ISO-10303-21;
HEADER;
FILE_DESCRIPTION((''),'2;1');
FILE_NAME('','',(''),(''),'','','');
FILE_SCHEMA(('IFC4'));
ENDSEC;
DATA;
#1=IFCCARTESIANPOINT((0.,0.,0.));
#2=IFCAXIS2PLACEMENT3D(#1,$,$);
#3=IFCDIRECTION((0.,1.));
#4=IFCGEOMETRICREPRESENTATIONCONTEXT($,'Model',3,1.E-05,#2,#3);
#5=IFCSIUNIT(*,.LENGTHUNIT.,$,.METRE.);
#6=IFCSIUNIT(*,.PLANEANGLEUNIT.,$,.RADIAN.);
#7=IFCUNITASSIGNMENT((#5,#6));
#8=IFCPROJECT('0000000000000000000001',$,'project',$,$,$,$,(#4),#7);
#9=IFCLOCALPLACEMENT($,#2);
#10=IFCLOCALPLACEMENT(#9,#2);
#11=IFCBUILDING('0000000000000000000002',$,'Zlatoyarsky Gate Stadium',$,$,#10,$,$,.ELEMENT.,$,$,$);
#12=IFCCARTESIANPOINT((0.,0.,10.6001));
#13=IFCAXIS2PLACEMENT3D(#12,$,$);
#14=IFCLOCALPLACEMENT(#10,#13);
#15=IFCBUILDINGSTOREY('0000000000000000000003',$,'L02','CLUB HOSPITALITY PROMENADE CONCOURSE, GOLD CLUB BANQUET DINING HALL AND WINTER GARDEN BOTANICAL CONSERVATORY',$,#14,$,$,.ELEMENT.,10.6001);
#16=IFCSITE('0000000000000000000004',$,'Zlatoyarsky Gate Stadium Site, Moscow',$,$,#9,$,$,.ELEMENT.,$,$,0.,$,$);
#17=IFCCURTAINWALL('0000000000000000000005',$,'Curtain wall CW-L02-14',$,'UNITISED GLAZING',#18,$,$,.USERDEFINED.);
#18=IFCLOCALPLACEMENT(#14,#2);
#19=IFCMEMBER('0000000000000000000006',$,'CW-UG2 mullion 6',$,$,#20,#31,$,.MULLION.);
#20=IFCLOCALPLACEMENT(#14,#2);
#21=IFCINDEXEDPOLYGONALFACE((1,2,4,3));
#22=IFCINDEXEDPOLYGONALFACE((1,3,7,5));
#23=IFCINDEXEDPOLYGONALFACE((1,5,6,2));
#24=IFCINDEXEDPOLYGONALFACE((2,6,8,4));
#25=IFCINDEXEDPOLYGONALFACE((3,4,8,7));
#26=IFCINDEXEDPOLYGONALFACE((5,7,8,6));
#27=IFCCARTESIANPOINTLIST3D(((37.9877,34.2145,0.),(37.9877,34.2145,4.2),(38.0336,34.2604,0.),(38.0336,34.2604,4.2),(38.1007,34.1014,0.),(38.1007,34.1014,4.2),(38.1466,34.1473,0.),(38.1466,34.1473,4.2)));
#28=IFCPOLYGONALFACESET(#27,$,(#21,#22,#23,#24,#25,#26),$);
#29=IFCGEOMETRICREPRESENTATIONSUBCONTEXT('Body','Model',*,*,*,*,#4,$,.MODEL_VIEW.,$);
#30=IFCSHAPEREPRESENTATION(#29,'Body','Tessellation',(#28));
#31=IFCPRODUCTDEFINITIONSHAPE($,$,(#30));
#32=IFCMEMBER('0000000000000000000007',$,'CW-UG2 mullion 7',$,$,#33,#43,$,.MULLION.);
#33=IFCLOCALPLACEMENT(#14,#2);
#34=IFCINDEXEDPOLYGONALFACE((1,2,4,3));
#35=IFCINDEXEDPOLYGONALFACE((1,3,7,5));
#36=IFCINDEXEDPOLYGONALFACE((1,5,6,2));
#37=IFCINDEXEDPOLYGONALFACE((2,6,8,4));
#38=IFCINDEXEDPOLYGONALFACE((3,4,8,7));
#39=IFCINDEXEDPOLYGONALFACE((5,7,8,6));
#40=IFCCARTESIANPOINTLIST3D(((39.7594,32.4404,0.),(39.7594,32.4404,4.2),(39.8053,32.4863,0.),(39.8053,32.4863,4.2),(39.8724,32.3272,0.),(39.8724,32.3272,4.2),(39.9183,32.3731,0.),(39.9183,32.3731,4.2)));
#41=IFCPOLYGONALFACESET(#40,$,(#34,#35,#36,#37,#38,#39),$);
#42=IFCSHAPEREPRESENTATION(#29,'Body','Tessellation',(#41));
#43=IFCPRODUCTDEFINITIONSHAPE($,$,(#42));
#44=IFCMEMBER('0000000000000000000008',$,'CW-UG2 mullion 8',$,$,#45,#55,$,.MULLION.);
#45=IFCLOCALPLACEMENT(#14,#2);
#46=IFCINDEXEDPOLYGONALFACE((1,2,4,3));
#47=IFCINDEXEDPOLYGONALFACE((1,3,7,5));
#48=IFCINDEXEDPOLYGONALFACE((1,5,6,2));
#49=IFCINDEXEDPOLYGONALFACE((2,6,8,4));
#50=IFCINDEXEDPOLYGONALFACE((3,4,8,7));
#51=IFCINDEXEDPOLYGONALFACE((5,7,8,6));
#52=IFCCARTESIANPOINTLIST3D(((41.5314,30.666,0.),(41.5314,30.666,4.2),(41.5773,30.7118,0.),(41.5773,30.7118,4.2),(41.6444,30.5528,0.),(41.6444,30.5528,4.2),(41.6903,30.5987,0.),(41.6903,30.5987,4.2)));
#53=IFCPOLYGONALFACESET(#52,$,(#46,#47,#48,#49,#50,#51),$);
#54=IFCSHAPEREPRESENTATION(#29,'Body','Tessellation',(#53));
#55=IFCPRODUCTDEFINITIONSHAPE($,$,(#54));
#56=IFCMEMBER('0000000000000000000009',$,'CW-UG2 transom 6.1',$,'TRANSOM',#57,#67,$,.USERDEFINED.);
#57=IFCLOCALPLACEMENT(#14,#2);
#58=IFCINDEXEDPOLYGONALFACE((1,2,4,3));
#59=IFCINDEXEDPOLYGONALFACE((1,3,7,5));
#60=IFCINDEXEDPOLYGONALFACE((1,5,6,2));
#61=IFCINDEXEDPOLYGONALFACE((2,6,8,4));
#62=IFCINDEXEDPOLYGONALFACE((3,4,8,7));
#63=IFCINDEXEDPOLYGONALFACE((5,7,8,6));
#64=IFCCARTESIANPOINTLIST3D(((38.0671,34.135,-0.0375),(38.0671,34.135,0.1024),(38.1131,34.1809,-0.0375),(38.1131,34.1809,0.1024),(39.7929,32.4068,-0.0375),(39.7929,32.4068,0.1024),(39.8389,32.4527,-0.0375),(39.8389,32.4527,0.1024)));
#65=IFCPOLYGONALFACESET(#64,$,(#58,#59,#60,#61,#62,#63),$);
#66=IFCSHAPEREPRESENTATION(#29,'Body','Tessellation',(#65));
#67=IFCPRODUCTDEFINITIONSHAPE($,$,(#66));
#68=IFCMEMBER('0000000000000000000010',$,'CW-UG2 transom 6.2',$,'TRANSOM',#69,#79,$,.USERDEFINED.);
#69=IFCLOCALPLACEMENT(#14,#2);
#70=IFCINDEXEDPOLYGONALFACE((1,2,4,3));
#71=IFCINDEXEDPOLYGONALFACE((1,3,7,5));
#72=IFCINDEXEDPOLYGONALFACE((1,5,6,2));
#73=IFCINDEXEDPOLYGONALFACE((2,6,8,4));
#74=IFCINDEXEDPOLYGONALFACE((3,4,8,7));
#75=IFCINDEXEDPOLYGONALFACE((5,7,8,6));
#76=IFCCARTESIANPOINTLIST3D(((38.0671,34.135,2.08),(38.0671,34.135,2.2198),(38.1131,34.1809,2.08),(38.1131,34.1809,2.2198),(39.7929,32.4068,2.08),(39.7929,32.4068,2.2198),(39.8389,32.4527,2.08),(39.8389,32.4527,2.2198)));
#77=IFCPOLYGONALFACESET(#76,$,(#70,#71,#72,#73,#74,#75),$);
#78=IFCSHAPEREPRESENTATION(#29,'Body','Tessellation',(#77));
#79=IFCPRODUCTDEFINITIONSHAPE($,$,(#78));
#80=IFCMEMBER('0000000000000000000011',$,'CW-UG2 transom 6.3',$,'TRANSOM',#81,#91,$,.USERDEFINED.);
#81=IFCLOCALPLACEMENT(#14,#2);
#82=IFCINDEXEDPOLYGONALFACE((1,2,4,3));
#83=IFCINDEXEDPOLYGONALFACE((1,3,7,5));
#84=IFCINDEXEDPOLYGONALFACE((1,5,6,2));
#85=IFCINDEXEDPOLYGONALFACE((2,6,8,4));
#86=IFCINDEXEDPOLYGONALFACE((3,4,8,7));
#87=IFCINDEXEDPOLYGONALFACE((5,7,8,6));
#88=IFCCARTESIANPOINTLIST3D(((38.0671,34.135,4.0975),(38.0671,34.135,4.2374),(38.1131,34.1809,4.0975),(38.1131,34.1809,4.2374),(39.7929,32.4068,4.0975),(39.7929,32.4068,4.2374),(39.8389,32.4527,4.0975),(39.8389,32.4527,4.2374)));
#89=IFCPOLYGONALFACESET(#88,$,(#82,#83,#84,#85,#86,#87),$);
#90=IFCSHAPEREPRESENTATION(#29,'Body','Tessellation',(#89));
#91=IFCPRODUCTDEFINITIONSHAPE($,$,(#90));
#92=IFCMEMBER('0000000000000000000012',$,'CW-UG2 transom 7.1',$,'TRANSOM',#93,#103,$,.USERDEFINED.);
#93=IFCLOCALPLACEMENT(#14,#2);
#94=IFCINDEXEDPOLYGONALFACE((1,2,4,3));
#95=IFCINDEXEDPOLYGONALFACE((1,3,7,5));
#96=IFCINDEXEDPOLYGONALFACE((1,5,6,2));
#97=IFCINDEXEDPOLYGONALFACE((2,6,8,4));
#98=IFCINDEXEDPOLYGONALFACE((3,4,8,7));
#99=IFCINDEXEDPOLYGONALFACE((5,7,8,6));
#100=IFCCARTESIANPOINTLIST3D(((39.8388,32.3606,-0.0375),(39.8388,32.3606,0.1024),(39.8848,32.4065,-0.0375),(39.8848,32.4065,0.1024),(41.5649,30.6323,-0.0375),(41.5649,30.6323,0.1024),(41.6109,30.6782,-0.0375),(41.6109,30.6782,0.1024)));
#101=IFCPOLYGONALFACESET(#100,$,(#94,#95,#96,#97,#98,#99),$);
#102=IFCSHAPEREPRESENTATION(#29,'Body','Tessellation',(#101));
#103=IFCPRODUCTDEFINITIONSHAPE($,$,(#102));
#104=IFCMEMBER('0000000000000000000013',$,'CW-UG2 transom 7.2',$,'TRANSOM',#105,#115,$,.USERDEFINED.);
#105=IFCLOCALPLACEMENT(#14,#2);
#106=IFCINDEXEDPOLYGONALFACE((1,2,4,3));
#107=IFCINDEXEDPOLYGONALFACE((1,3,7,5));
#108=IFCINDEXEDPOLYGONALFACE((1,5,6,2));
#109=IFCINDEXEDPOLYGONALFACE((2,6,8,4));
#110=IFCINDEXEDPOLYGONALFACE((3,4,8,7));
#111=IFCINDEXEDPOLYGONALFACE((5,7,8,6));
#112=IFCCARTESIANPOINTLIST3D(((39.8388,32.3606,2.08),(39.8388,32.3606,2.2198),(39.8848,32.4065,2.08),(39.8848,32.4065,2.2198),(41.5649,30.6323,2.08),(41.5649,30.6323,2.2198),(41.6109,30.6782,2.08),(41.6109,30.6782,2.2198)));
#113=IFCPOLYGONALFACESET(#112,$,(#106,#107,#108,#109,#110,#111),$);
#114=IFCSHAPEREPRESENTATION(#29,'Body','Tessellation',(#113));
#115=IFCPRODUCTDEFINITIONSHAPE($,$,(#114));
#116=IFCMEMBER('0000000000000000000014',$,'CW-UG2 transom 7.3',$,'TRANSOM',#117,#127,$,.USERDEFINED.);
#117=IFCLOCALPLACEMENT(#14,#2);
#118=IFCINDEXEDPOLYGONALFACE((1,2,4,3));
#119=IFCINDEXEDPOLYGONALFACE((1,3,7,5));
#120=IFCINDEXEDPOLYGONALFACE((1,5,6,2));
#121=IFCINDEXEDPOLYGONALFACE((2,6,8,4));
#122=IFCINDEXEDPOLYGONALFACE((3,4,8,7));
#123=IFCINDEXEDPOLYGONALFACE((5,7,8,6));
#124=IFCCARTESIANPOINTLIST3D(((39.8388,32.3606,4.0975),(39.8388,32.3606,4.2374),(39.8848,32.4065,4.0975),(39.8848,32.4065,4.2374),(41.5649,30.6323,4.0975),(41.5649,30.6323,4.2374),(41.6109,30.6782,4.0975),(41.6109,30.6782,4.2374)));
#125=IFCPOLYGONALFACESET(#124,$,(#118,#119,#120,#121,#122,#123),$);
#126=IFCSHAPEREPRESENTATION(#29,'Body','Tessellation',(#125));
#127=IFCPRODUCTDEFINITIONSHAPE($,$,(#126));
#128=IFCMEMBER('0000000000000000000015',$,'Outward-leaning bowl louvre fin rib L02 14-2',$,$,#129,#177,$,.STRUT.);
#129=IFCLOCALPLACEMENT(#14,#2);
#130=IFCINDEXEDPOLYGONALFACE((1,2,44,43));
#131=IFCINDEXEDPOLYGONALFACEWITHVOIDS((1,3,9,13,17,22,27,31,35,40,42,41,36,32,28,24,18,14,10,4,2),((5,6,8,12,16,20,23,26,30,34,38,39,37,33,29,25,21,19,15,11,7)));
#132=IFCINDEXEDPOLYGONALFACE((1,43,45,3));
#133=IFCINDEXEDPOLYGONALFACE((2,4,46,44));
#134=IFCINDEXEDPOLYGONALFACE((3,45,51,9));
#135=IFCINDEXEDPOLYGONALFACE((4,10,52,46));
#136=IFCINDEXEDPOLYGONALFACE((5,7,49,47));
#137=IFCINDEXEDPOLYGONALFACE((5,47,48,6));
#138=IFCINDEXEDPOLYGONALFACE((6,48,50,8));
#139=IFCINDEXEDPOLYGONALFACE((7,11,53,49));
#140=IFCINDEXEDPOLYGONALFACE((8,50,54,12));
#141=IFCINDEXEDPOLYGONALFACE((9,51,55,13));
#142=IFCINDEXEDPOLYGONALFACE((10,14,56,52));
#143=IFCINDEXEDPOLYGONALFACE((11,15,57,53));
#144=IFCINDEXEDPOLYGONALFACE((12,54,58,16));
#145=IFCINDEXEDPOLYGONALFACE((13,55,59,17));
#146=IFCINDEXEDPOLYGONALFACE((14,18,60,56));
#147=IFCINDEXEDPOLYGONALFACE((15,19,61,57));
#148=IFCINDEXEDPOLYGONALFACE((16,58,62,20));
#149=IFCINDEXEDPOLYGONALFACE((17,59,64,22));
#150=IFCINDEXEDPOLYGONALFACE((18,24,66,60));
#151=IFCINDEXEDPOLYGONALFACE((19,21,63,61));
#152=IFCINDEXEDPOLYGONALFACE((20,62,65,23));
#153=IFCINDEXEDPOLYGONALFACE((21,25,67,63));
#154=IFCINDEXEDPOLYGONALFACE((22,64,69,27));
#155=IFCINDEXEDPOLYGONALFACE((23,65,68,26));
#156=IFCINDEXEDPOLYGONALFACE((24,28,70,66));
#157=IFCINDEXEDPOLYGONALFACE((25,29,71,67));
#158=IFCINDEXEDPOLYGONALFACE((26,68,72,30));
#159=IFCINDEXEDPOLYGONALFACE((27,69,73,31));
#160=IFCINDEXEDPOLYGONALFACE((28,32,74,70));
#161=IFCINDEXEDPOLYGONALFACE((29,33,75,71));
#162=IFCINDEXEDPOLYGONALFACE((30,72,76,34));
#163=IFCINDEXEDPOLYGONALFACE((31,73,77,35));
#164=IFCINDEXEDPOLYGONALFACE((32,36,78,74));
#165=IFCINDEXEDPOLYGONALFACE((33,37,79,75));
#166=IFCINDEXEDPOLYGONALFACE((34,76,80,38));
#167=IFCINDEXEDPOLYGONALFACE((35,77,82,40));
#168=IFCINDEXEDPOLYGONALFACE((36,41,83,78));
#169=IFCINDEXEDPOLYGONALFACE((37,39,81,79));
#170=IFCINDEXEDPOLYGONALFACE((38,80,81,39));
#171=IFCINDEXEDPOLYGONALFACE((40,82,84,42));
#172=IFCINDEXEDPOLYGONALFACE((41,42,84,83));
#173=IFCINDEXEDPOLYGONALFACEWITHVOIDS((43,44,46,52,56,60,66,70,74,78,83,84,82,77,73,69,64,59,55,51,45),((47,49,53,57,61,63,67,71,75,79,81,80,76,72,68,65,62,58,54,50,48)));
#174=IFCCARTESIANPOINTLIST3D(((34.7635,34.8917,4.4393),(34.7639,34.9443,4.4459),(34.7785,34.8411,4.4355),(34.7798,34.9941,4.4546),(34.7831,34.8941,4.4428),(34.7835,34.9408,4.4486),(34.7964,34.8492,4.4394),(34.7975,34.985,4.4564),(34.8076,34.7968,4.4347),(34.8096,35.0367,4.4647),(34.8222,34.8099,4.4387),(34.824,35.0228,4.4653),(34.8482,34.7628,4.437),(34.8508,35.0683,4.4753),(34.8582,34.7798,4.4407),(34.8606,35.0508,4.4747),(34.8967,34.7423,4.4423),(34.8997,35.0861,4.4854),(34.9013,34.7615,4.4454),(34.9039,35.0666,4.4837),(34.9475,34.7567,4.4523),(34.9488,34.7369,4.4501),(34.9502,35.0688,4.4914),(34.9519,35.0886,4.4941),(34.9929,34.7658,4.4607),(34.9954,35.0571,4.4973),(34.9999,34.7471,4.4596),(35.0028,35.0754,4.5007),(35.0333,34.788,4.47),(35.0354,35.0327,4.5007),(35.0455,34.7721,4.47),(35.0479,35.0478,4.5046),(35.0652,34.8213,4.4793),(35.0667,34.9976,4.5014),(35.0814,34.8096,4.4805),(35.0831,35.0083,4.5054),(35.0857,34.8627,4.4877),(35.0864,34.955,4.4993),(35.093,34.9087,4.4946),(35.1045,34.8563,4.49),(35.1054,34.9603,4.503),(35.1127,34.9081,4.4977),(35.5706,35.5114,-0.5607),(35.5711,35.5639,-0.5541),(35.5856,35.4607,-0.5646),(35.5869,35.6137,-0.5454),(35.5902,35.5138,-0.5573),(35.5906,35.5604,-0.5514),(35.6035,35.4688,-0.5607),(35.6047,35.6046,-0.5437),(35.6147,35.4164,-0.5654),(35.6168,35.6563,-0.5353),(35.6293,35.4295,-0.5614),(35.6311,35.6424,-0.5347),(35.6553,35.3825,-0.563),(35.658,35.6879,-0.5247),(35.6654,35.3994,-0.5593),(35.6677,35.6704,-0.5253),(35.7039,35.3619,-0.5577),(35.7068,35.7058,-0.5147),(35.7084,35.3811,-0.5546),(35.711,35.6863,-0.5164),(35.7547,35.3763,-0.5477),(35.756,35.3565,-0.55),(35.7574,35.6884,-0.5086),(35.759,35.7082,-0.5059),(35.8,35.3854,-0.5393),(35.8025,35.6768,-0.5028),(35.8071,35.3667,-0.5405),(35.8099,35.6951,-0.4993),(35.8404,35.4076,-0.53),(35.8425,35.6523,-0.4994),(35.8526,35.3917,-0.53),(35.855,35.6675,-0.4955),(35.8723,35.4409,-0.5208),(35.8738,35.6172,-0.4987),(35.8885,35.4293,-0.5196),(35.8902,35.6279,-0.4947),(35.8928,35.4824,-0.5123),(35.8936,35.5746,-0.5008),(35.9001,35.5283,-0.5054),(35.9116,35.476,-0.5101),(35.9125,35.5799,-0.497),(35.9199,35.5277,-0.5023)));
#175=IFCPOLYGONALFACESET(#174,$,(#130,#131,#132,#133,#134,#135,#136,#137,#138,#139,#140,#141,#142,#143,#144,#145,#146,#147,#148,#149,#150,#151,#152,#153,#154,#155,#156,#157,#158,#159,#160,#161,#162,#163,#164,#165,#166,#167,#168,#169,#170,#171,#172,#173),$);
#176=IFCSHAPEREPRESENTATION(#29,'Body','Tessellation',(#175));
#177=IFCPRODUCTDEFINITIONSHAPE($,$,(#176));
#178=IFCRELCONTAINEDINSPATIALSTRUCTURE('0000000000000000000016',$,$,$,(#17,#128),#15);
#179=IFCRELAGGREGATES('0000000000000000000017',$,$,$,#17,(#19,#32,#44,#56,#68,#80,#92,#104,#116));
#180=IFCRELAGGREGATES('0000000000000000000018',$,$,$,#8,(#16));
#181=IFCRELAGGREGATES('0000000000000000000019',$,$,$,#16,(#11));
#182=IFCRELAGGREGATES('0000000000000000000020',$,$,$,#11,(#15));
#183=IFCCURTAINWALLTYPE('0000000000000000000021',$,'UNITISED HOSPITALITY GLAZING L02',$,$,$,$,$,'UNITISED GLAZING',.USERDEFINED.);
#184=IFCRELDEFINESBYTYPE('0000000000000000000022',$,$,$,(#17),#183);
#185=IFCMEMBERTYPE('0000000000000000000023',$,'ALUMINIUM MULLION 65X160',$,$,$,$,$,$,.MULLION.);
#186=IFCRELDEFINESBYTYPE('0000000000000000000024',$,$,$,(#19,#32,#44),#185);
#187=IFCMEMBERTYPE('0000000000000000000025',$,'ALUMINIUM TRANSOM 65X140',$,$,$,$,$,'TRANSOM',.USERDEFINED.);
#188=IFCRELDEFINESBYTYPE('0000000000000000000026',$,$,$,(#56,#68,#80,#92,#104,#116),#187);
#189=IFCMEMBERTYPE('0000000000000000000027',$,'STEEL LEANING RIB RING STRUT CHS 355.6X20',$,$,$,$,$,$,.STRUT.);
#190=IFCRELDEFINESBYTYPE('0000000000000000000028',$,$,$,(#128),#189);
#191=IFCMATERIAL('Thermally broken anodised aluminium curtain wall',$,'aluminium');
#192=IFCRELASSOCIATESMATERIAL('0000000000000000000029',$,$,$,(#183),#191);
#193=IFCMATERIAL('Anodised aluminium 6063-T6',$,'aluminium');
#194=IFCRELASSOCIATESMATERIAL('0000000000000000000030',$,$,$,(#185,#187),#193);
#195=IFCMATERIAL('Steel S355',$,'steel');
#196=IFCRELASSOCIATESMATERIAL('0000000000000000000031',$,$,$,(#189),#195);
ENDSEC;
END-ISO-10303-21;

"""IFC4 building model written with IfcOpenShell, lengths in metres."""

from ifc_helpers import new_model, si_unit, direction, frame, origin, origin_2d, place, context, subcontext, project, spatial, rectangle, hollow_circle, extrude, material, material_profile, profile_set, type_object, element, aggregate, save


model = new_model("IFC4")

# Units and contexts
model_context = context("Model", 3, precision=1e-05, world=origin(), true_north=direction((0.0, 1.0)))
body_context = subcontext(model_context, "Body", "Model", "MODEL_VIEW")
ifc_project = project(units=[si_unit("LENGTHUNIT", "METRE"), si_unit("PLANEANGLEUNIT", "RADIAN")], contexts=[model_context])

# Site, building, storey
site_placement = place(None, origin())
site = spatial("IfcSite", under=ifc_project, at=site_placement, Name="Zlatoyarsky Gate Stadium Site, Moscow", CompositionType="ELEMENT", RefElevation=0.0)
building_placement = place(site_placement, origin())
building = spatial("IfcBuilding", under=site, at=building_placement, Name="Zlatoyarsky Gate Stadium", CompositionType="ELEMENT")
storey_placement = place(building_placement, frame((0.0, 0.0, 10.6001)))
storey = spatial("IfcBuildingStorey", under=building, at=storey_placement, Name="L02", Description="CLUB HOSPITALITY PROMENADE CONCOURSE, GOLD CLUB BANQUET DINING HALL AND WINTER GARDEN BOTANICAL CONSERVATORY", CompositionType="ELEMENT", Elevation=10.6001)

# Curtain wall, members
ifc_material_1 = material(Name="Thermally broken anodised aluminium curtain wall", Category="aluminium")
curtain_wall_type = type_object("IfcCurtainWallType", Name="UNITISED HOSPITALITY GLAZING L02", ElementType="UNITISED GLAZING", PredefinedType="USERDEFINED", material=ifc_material_1)
curtain_wall_placement = place(storey_placement, origin())
curtain_wall = element("IfcCurtainWall", 1, at=curtain_wall_placement, inside=storey, type_object=curtain_wall_type, Name="Curtain wall CW-L02-14", ObjectType="UNITISED GLAZING", PredefinedType="USERDEFINED")
ifc_material_2 = material(Name="Anodised aluminium 6063-T6", Category="aluminium")
ifc_material_profile_1 = material_profile(ifc_material_2, rectangle(XDim=0.0649, YDim=0.1599, at=origin_2d()), Name="ALU 65X160")
ifc_profile_set_1 = profile_set([ifc_material_profile_1], Name="Anodised aluminium 6063-T6")
member_type_1 = type_object("IfcMemberType", Name="ALUMINIUM MULLION 65X160", PredefinedType="MULLION", material=ifc_profile_set_1)
member_1_placement = place(storey_placement, frame((38.0671, 34.1809, 0.0), z_axis=(0.0, 0.0, 1.0), x_axis=(0.707588, 0.706626, 0.0)))
member_1 = element("IfcMember", 2, at=member_1_placement, type_object=member_type_1, Name="CW-UG2 mullion 6", PredefinedType="MULLION", context=body_context, shape_type="SweptSolid", body=[
    extrude(rectangle(XDim=0.0649, YDim=0.1599, at=origin_2d()), origin(), (0.0, 0.0, 1.0), 4.2),
])
member_2_placement = place(storey_placement, frame((39.8389, 32.4067, 0.0), z_axis=(0.0, 0.0, 1.0), x_axis=(0.707588, 0.706626, 0.0)))
member_2 = element("IfcMember", 3, at=member_2_placement, type_object=member_type_1, Name="CW-UG2 mullion 7", PredefinedType="MULLION", context=body_context, shape_type="SweptSolid", body=[
    extrude(rectangle(XDim=0.0649, YDim=0.1599, at=origin_2d()), origin(), (0.0, 0.0, 1.0), 4.2),
])
member_3_placement = place(storey_placement, frame((41.6108, 30.6323, 0.0), z_axis=(0.0, 0.0, 1.0), x_axis=(0.707588, 0.706626, 0.0)))
member_3 = element("IfcMember", 4, at=member_3_placement, type_object=member_type_1, Name="CW-UG2 mullion 8", PredefinedType="MULLION", context=body_context, shape_type="SweptSolid", body=[
    extrude(rectangle(XDim=0.0649, YDim=0.1599, at=origin_2d()), origin(), (0.0, 0.0, 1.0), 4.2),
])
ifc_material_profile_2 = material_profile(ifc_material_2, rectangle(XDim=0.0649, YDim=0.1399, at=origin_2d()), Name="ALU 65X140")
ifc_profile_set_2 = profile_set([ifc_material_profile_2], Name="Anodised aluminium 6063-T6")
member_type_2 = type_object("IfcMemberType", Name="ALUMINIUM TRANSOM 65X140", ElementType="TRANSOM", PredefinedType="USERDEFINED", material=ifc_profile_set_2)
member_4_placement = place(storey_placement, frame((38.0901, 34.158, 0.0325), z_axis=(0.706607, -0.707606, 0.0), x_axis=(0.707606, 0.706607, 0.0)))
member_4 = element("IfcMember", 5, at=member_4_placement, type_object=member_type_2, Name="CW-UG2 transom 6.1", ObjectType="TRANSOM", PredefinedType="USERDEFINED", context=body_context, shape_type="SweptSolid", body=[
    extrude(rectangle(XDim=0.0649, YDim=0.1399, at=origin_2d()), origin(), (0.0, 0.0, 1.0), 2.4424),
])
member_5_placement = place(storey_placement, frame((38.0901, 34.158, 2.1499), z_axis=(0.706607, -0.707606, 0.0), x_axis=(0.707606, 0.706607, 0.0)))
member_5 = element("IfcMember", 6, at=member_5_placement, type_object=member_type_2, Name="CW-UG2 transom 6.2", ObjectType="TRANSOM", PredefinedType="USERDEFINED", context=body_context, shape_type="SweptSolid", body=[
    extrude(rectangle(XDim=0.0649, YDim=0.1399, at=origin_2d()), origin(), (0.0, 0.0, 1.0), 2.4424),
])
member_6_placement = place(storey_placement, frame((38.0901, 34.158, 4.1675), z_axis=(0.706607, -0.707606, 0.0), x_axis=(0.707606, 0.706607, 0.0)))
member_6 = element("IfcMember", 7, at=member_6_placement, type_object=member_type_2, Name="CW-UG2 transom 6.3", ObjectType="TRANSOM", PredefinedType="USERDEFINED", context=body_context, shape_type="SweptSolid", body=[
    extrude(rectangle(XDim=0.0649, YDim=0.1399, at=origin_2d()), origin(), (0.0, 0.0, 1.0), 2.4424),
])
member_7_placement = place(storey_placement, frame((39.8618, 32.3835, 0.0325), z_axis=(0.706657, -0.707556, 0.0), x_axis=(0.707556, 0.706657, 0.0)))
member_7 = element("IfcMember", 8, at=member_7_placement, type_object=member_type_2, Name="CW-UG2 transom 7.1", ObjectType="TRANSOM", PredefinedType="USERDEFINED", context=body_context, shape_type="SweptSolid", body=[
    extrude(rectangle(XDim=0.0649, YDim=0.1399, at=origin_2d()), origin(), (0.0, 0.0, 1.0), 2.4426),
])
member_8_placement = place(storey_placement, frame((39.8618, 32.3835, 2.1499), z_axis=(0.706657, -0.707556, 0.0), x_axis=(0.707556, 0.706657, 0.0)))
member_8 = element("IfcMember", 9, at=member_8_placement, type_object=member_type_2, Name="CW-UG2 transom 7.2", ObjectType="TRANSOM", PredefinedType="USERDEFINED", context=body_context, shape_type="SweptSolid", body=[
    extrude(rectangle(XDim=0.0649, YDim=0.1399, at=origin_2d()), origin(), (0.0, 0.0, 1.0), 2.4426),
])
member_9_placement = place(storey_placement, frame((39.8618, 32.3835, 4.1675), z_axis=(0.706657, -0.707556, 0.0), x_axis=(0.707556, 0.706657, 0.0)))
member_9 = element("IfcMember", 10, at=member_9_placement, type_object=member_type_2, Name="CW-UG2 transom 7.3", ObjectType="TRANSOM", PredefinedType="USERDEFINED", context=body_context, shape_type="SweptSolid", body=[
    extrude(rectangle(XDim=0.0649, YDim=0.1399, at=origin_2d()), origin(), (0.0, 0.0, 1.0), 2.4426),
])

# Member
ifc_material_3 = material(Name="Steel S355", Category="steel")
ifc_material_profile_3 = material_profile(ifc_material_3, hollow_circle(Radius=0.1777, WallThickness=0.02, at=origin_2d()), Name="CHS 355.6X20")
ifc_profile_set_3 = profile_set([ifc_material_profile_3], Name="Steel S355")
member_type_3 = type_object("IfcMemberType", Name="STEEL LEANING RIB RING STRUT CHS 355.6X20", PredefinedType="STRUT", material=ifc_profile_set_3)
member_10_placement = place(storey_placement, frame((35.7444, 35.5327, -0.53), z_axis=(-0.158183, -0.121437, 0.979914), x_axis=(0.608945, -0.793212, 0.0)))
element("IfcMember", 11, at=member_10_placement, inside=storey, type_object=member_type_3, Name="Outward-leaning bowl louvre fin rib L02 14-2", PredefinedType="STRUT", context=body_context, shape_type="SweptSolid", body=[
    extrude(hollow_circle(Radius=0.1777, WallThickness=0.02, at=origin_2d()), origin(), (0.0, 0.0, 1.0), 5.1025),
])

aggregate(curtain_wall, [member_1, member_2, member_3, member_4, member_5, member_6, member_7, member_8, member_9])

save(model, "model.ifc")
